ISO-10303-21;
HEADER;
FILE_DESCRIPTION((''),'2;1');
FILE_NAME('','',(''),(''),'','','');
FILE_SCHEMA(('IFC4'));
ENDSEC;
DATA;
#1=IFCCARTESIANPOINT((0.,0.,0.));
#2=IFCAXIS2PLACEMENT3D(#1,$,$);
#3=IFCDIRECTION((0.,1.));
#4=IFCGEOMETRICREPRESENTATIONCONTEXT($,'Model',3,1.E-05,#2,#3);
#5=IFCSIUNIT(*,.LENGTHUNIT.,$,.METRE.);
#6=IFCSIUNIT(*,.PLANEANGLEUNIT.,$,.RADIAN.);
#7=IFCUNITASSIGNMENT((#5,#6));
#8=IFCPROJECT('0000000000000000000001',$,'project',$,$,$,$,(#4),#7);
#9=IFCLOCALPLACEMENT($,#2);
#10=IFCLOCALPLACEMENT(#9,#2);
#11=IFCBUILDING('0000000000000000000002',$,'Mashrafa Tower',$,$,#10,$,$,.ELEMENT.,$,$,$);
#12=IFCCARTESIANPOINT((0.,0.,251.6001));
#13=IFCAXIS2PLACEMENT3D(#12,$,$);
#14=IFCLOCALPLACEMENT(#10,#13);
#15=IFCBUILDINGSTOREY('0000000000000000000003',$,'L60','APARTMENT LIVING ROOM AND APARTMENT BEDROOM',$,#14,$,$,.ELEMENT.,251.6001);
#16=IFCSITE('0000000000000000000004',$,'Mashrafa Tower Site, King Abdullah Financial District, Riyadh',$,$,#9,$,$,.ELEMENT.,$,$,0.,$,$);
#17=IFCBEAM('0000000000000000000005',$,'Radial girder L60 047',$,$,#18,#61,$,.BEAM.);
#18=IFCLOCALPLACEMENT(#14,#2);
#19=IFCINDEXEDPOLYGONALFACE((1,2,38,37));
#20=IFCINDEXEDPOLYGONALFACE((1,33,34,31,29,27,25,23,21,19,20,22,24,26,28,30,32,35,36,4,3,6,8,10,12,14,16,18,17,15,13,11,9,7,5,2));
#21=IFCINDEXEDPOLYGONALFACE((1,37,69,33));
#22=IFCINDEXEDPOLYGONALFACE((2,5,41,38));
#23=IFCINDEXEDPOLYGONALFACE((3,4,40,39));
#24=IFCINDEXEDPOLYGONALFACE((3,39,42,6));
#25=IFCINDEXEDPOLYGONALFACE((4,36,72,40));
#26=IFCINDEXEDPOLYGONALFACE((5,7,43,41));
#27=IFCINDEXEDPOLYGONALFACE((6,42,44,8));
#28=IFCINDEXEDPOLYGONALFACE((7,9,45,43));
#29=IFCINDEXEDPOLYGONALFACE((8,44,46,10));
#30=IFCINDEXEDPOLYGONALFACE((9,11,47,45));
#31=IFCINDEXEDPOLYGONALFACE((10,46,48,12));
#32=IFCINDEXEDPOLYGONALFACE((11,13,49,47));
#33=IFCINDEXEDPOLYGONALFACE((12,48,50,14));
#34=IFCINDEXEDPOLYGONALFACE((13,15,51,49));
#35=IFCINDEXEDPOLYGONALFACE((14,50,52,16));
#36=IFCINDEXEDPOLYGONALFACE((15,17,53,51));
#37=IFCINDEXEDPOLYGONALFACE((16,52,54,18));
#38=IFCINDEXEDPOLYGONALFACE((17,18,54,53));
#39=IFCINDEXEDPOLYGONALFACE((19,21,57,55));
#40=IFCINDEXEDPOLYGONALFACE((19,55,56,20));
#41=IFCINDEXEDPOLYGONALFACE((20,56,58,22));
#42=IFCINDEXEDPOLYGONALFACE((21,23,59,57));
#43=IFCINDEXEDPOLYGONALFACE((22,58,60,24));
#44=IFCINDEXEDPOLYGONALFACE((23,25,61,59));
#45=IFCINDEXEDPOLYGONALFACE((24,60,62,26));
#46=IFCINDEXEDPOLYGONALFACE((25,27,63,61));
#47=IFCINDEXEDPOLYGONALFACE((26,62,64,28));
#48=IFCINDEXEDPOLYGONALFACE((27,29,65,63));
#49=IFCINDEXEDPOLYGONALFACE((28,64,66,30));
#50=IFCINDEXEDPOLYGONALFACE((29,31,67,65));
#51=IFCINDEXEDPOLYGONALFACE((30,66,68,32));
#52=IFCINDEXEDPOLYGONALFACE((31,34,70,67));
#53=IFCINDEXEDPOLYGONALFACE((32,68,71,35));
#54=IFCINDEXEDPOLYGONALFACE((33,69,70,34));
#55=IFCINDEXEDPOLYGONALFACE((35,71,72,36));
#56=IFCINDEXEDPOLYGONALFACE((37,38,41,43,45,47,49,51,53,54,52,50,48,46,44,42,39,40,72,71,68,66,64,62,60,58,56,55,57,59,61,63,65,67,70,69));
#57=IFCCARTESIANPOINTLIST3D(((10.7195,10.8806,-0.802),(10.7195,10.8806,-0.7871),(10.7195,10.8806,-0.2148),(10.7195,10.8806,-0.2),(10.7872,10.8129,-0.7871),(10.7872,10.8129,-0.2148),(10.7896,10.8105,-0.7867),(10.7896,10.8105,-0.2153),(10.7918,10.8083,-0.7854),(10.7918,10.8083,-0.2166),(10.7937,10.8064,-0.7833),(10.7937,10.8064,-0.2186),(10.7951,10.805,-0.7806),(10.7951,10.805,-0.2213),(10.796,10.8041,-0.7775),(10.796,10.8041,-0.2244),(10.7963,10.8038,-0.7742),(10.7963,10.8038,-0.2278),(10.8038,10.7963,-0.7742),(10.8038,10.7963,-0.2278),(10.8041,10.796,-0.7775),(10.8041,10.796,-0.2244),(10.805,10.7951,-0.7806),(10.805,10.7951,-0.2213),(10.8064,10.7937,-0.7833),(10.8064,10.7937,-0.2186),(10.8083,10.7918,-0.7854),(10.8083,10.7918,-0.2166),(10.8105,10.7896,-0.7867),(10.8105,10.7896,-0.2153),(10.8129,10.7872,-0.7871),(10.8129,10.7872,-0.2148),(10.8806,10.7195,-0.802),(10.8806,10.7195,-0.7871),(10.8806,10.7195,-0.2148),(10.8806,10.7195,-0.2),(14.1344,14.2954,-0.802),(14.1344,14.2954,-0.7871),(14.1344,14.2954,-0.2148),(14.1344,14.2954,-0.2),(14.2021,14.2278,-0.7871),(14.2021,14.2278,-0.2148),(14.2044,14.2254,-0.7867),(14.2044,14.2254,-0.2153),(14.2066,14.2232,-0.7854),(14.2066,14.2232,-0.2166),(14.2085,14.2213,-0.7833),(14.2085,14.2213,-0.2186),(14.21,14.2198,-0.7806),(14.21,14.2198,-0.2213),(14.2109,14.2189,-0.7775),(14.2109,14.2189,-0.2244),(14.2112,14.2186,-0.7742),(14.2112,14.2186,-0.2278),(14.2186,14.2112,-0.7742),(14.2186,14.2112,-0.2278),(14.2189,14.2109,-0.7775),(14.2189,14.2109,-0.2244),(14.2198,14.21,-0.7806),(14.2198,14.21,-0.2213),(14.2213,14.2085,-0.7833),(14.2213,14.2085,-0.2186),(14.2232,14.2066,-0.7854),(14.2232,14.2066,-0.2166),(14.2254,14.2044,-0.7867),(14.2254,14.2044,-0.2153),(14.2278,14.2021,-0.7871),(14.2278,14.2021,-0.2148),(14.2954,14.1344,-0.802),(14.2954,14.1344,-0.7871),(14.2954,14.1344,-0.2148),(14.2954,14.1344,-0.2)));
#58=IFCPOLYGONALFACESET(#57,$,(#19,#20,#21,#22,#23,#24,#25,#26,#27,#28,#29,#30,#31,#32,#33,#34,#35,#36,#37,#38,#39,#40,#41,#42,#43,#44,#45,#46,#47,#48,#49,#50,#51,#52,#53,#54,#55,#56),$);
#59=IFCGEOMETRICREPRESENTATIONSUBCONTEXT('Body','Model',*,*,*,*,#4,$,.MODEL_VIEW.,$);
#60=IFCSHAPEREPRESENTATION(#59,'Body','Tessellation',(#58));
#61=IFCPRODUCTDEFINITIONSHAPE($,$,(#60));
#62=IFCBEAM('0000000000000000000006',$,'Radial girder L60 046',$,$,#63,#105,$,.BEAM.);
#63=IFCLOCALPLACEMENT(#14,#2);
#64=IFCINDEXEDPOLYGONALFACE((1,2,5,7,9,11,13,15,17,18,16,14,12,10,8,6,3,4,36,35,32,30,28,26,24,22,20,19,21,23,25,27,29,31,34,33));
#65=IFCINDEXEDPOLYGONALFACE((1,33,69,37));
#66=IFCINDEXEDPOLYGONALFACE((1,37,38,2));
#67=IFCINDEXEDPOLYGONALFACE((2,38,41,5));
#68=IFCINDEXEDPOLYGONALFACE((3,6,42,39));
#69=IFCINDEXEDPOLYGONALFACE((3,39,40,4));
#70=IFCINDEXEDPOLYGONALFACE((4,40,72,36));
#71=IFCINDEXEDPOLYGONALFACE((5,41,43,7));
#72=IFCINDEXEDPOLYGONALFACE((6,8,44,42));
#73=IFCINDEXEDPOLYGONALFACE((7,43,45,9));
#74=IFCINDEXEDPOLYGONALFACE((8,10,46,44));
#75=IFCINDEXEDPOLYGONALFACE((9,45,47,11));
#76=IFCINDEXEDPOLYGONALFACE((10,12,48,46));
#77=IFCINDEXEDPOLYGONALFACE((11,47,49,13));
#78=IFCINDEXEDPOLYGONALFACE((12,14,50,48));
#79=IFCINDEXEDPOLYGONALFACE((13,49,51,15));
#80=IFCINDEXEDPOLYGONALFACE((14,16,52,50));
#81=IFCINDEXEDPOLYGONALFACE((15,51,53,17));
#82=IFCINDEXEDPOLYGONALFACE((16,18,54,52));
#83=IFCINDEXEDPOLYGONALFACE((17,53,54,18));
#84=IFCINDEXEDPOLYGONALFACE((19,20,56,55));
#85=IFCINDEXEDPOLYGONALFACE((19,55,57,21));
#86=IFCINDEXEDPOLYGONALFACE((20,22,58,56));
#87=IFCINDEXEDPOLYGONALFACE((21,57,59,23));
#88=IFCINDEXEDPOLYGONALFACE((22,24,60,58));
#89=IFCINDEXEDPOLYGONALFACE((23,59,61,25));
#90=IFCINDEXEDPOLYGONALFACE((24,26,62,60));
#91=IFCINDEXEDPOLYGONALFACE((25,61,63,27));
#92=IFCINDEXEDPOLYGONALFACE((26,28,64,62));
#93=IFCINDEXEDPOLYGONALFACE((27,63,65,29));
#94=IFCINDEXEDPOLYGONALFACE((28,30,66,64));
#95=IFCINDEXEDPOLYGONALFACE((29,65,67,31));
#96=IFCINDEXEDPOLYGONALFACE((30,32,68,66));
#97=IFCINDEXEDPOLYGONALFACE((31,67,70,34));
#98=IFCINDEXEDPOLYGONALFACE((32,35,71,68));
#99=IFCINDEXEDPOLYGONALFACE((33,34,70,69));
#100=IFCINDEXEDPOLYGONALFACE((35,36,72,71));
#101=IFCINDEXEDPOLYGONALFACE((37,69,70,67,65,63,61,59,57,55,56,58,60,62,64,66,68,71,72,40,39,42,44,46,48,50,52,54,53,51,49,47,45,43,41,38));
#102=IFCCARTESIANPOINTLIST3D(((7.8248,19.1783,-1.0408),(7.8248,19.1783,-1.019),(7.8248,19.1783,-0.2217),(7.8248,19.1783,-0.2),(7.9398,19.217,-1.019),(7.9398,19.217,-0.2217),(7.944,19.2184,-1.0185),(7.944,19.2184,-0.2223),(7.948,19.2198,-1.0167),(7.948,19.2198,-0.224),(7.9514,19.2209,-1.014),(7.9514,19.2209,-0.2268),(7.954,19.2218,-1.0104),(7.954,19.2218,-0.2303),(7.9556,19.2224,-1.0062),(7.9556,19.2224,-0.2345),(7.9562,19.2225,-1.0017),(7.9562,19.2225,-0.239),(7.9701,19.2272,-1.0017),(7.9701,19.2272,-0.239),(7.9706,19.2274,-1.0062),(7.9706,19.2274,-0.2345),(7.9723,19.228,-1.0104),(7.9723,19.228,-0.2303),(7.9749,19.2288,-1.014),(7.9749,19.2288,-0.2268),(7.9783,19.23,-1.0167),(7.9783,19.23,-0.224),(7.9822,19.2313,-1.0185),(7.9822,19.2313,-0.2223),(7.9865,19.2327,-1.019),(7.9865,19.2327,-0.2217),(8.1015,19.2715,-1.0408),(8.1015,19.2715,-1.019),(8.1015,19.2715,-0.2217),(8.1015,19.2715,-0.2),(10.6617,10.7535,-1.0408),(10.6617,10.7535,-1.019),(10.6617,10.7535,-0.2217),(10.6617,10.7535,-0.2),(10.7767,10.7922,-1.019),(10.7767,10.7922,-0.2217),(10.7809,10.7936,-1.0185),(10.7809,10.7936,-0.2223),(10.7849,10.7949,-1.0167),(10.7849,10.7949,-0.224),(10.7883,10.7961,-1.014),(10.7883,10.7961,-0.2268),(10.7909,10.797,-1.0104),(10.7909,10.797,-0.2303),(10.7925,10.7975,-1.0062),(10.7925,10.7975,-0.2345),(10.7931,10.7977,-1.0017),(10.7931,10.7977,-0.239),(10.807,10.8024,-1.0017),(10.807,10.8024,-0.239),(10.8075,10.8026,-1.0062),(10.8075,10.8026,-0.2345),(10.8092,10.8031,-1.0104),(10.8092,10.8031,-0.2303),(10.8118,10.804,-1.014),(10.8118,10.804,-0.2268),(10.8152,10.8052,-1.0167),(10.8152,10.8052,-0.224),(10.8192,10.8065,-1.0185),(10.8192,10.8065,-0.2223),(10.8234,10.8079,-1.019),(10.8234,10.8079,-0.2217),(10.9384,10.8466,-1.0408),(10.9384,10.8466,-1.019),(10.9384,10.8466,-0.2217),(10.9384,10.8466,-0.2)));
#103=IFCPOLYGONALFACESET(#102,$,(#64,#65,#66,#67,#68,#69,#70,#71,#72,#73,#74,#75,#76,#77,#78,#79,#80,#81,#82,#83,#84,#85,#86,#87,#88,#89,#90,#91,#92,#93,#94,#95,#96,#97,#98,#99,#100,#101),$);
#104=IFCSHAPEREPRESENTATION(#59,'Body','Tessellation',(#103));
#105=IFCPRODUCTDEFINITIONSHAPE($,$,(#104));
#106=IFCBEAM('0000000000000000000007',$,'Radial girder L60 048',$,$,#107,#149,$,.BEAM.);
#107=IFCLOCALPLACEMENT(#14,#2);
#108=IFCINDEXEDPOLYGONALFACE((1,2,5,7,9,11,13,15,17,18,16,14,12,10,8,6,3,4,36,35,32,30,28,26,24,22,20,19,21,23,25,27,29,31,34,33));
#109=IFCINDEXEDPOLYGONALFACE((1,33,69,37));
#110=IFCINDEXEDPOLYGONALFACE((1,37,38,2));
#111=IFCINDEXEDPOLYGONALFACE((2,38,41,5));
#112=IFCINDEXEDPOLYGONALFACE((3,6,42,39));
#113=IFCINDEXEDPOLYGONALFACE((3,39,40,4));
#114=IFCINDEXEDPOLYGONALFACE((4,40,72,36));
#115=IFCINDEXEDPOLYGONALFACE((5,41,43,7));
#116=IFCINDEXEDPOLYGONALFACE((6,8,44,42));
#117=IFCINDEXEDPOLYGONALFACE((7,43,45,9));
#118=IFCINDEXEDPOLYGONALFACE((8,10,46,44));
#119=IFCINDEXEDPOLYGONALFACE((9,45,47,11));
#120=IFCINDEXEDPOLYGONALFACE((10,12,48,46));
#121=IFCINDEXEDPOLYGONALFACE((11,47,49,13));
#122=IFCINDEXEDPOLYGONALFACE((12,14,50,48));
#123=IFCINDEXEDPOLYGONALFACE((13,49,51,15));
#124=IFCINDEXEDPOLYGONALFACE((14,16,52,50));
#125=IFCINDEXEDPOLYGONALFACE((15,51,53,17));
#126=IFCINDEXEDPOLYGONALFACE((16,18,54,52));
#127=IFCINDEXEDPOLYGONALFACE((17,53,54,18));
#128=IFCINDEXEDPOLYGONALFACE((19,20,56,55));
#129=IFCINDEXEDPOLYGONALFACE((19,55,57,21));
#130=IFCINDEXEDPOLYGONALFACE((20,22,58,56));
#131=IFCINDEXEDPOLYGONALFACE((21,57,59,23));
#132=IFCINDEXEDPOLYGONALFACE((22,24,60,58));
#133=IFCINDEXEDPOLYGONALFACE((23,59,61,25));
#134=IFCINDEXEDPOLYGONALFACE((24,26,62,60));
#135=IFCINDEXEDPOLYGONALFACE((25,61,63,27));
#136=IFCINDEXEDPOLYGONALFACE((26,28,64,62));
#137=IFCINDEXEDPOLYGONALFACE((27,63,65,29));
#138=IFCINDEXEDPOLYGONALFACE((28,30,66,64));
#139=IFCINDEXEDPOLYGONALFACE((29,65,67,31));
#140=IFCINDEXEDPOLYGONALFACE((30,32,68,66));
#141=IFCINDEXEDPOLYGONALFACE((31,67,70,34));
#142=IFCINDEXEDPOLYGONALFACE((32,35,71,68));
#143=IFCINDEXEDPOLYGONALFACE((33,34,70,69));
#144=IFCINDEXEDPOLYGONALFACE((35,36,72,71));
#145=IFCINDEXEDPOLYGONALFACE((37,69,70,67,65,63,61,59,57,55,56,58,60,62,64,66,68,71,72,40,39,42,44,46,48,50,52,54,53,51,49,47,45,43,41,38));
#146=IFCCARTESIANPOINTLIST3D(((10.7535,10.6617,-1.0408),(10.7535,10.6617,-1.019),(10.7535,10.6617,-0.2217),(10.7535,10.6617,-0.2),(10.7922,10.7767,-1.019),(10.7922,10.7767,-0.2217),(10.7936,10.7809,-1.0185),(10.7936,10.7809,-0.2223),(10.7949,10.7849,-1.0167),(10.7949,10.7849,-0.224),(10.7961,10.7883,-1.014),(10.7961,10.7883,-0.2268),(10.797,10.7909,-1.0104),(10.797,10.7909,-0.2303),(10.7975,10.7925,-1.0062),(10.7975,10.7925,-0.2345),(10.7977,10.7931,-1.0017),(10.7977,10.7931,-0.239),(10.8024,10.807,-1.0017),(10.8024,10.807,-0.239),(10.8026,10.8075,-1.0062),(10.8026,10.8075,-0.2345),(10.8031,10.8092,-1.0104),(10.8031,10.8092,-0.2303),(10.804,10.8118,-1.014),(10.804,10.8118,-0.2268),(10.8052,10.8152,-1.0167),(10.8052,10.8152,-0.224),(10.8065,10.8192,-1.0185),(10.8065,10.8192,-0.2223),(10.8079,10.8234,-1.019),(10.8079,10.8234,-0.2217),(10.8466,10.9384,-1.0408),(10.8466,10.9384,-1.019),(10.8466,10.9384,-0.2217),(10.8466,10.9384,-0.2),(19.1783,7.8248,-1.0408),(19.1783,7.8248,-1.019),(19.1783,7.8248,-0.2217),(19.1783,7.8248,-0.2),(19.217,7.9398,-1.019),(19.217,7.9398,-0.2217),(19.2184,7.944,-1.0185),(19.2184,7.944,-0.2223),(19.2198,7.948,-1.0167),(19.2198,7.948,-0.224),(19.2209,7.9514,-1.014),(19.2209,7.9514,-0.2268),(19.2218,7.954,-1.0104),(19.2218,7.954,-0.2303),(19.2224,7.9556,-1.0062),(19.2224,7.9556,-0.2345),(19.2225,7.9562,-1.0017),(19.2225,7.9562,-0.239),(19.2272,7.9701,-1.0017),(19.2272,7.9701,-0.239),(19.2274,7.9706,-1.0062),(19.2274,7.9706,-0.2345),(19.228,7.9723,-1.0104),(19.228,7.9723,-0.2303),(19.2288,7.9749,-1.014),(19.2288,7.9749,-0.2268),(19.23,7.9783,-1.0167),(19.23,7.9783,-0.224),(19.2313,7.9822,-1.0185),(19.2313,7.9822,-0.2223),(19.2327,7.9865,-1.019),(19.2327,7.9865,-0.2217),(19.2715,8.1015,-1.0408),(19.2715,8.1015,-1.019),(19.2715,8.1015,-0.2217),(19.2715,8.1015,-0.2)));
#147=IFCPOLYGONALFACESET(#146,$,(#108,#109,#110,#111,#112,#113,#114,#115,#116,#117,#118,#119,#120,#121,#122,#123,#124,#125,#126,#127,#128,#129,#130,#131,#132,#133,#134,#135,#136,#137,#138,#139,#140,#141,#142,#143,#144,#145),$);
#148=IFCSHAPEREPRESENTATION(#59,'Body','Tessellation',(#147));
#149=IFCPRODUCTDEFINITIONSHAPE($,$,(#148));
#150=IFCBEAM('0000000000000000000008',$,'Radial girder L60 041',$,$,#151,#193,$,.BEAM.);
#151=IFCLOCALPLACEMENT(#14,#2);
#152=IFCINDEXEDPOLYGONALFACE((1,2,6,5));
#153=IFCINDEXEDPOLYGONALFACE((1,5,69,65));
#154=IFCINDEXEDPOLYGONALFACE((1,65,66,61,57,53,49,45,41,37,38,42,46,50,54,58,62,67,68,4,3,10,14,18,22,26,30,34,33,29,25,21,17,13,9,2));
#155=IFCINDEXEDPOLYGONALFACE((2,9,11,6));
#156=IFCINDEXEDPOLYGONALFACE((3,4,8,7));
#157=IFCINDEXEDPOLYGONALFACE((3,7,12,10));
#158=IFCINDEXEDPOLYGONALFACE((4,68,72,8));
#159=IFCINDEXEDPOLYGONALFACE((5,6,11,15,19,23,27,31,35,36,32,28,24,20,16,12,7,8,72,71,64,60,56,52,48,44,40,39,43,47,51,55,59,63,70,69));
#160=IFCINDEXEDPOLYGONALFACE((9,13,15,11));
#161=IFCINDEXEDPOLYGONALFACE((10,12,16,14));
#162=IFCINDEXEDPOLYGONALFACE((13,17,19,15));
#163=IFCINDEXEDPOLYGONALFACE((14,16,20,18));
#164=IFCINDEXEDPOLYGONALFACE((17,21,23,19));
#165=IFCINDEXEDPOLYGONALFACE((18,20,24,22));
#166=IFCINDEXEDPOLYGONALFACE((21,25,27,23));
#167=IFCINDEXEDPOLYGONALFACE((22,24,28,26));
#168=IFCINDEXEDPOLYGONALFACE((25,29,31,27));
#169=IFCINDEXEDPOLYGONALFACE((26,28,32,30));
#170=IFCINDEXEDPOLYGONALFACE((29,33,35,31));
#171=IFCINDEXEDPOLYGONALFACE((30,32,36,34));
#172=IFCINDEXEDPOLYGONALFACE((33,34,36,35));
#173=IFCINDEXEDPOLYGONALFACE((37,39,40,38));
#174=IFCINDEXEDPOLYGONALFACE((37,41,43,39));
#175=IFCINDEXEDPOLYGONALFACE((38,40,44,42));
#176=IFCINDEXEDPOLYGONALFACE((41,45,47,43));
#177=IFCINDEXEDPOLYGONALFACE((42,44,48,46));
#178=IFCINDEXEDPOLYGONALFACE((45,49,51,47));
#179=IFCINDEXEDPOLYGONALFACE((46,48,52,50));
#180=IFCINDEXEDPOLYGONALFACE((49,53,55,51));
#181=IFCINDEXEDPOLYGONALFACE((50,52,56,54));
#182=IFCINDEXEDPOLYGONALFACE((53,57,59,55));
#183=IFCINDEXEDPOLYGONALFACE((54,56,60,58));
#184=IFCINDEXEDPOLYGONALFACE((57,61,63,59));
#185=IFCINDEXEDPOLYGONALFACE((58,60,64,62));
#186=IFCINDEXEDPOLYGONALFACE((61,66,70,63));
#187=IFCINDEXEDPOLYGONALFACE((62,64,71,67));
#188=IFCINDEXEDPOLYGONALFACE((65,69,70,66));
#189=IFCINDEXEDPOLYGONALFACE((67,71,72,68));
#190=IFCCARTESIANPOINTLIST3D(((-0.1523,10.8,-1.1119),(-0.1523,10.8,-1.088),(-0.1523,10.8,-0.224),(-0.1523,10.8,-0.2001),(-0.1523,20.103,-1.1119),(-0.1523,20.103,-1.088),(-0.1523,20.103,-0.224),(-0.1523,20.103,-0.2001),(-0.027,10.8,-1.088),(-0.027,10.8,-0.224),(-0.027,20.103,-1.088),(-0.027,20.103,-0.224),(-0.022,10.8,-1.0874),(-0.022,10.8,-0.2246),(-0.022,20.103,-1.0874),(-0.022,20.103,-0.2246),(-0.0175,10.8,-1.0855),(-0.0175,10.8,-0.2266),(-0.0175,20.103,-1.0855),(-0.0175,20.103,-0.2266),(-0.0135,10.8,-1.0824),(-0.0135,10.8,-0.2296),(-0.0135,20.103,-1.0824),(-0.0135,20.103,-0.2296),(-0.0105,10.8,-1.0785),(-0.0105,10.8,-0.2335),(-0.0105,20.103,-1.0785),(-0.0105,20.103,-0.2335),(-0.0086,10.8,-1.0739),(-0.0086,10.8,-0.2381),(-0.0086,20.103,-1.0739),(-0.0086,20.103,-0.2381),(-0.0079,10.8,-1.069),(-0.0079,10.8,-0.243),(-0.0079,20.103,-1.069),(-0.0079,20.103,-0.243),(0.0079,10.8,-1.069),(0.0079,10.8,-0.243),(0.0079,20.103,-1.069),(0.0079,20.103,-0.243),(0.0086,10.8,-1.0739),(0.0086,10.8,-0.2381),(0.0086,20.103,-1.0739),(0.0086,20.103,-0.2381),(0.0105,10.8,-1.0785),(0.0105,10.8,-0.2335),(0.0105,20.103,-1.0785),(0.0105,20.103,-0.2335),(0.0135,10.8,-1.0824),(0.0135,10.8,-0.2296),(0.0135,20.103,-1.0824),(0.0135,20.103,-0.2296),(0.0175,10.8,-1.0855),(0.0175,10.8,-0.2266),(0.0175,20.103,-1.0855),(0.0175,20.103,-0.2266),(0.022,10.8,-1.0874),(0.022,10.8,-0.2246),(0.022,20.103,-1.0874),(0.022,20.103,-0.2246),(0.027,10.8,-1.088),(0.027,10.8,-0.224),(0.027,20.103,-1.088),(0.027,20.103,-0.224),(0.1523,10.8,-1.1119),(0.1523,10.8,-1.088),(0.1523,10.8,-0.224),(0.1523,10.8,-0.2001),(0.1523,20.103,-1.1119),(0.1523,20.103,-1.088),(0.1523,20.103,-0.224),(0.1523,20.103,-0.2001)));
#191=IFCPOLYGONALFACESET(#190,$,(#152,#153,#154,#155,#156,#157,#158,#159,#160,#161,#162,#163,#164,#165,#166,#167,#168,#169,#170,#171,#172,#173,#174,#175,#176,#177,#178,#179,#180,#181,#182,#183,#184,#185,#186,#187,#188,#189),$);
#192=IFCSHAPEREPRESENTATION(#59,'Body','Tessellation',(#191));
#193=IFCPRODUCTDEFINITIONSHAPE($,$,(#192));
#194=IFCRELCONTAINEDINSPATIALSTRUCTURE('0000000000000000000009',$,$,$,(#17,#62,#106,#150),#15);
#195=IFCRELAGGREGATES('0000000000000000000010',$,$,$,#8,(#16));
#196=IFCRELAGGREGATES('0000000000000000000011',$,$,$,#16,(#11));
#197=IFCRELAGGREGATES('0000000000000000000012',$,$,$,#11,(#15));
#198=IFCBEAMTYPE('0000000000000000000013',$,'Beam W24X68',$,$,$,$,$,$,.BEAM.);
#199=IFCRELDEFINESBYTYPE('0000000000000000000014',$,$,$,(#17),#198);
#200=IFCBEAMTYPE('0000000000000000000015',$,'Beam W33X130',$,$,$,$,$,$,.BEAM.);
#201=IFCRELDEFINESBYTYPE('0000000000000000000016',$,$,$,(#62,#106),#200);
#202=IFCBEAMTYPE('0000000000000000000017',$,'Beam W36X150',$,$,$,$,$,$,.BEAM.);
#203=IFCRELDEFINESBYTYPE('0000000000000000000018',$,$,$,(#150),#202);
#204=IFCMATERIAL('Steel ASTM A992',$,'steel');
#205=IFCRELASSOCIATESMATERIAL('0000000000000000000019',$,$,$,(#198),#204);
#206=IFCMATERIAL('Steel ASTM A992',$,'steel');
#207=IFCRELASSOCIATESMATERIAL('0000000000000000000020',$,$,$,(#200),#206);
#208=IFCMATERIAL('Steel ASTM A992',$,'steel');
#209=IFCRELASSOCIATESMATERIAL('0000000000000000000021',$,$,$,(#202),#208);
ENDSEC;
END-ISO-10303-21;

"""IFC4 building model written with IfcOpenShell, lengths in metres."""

from ifc_helpers import new_model, si_unit, direction, frame, origin, origin_2d, place, context, subcontext, project, spatial, i_section, extrude, material, material_profile, profile_set, type_object, element, save


model = new_model("IFC4")

# Units and contexts
model_context = context("Model", 3, precision=1e-05, world=origin(), true_north=direction((0.0, 1.0)))
body_context = subcontext(model_context, "Body", "Model", "MODEL_VIEW")
ifc_project = project(units=[si_unit("LENGTHUNIT", "METRE"), si_unit("PLANEANGLEUNIT", "RADIAN")], contexts=[model_context])

# Site, building, storey
site_placement = place(None, origin())
site = spatial("IfcSite", under=ifc_project, at=site_placement, Name="Mashrafa Tower Site, King Abdullah Financial District, Riyadh", CompositionType="ELEMENT", RefElevation=0.0)
building_placement = place(site_placement, origin())
building = spatial("IfcBuilding", under=site, at=building_placement, Name="Mashrafa Tower", CompositionType="ELEMENT")
storey_placement = place(building_placement, frame((0.0, 0.0, 251.6001)))
storey = spatial("IfcBuildingStorey", under=building, at=storey_placement, Name="L60", Description="APARTMENT LIVING ROOM AND APARTMENT BEDROOM", CompositionType="ELEMENT", Elevation=251.6001)

# Beams
ifc_material_1 = material(Name="Steel ASTM A992", Category="steel")
ifc_material_profile_1 = material_profile(ifc_material_1, i_section(OverallWidth=0.2278, OverallDepth=0.6021, WebThickness=0.0105, FlangeThickness=0.0149, FilletRadius=0.0129, at=origin_2d()), Name="W24X68")
ifc_profile_set_1 = profile_set([ifc_material_profile_1], Name="Steel ASTM A992")
beam_type_1 = type_object("IfcBeamType", Name="Beam W24X68", PredefinedType="BEAM", material=ifc_profile_set_1)
beam_1_placement = place(storey_placement, frame((10.8, 10.8, -0.501), z_axis=(0.707107, 0.707107, 0.0), x_axis=(-0.707107, 0.707107, 0.0)))
element("IfcBeam", 1, at=beam_1_placement, inside=storey, type_object=beam_type_1, Name="Radial girder L60 047", PredefinedType="BEAM", context=body_context, shape_type="SweptSolid", body=[
    extrude(i_section(OverallWidth=0.2278, OverallDepth=0.6021, WebThickness=0.0105, FlangeThickness=0.0149, FilletRadius=0.0129, at=origin_2d()), origin(), (0.0, 0.0, 1.0), 4.8293),
])
ifc_material_2 = material(Name="Steel ASTM A992", Category="steel")
ifc_material_profile_2 = material_profile(ifc_material_2, i_section(OverallWidth=0.292, OverallDepth=0.8408, WebThickness=0.0146, FlangeThickness=0.0217, FilletRadius=0.0173, at=origin_2d()), Name="W33X130")
ifc_profile_set_2 = profile_set([ifc_material_profile_2], Name="Steel ASTM A992")
beam_type_2 = type_object("IfcBeamType", Name="Beam W33X130", PredefinedType="BEAM", material=ifc_profile_set_2)
for number, where, z_axis, x_axis, name in (
    (2, (10.8, 10.8, -0.6204), (-0.319126, 0.947712, 0.0), (-0.947712, -0.319126, 0.0), "Radial girder L60 046"),
    (3, (10.8, 10.8, -0.6204), (0.947712, -0.319126, 0.0), (0.319126, 0.947712, 0.0), "Radial girder L60 048"),
):
    element("IfcBeam", number, at=place(storey_placement, frame(where, z_axis=z_axis, x_axis=x_axis)), inside=storey, type_object=beam_type_2, Name=name, PredefinedType="BEAM", context=body_context, shape_type="SweptSolid", body=[
        extrude(i_section(OverallWidth=0.292, OverallDepth=0.8408, WebThickness=0.0146, FlangeThickness=0.0217, FilletRadius=0.0173, at=origin_2d()), origin(), (0.0, 0.0, 1.0), 8.8896),
    ])
ifc_material_3 = material(Name="Steel ASTM A992", Category="steel")
ifc_material_profile_3 = material_profile(ifc_material_3, i_section(OverallWidth=0.3047, OverallDepth=0.9119, WebThickness=0.0159, FlangeThickness=0.0239, FilletRadius=0.019, at=origin_2d()), Name="W36X150")
ifc_profile_set_3 = profile_set([ifc_material_profile_3], Name="Steel ASTM A992")
beam_type_3 = type_object("IfcBeamType", Name="Beam W36X150", PredefinedType="BEAM", material=ifc_profile_set_3)
beam_2_placement = place(storey_placement, frame((0.0, 10.8, -0.656), z_axis=(0.0, 1.0, 0.0), x_axis=(-1.0, 0.0, 0.0)))
element("IfcBeam", 4, at=beam_2_placement, inside=storey, type_object=beam_type_3, Name="Radial girder L60 041", PredefinedType="BEAM", context=body_context, shape_type="SweptSolid", body=[
    extrude(i_section(OverallWidth=0.3047, OverallDepth=0.9119, WebThickness=0.0159, FlangeThickness=0.0239, FilletRadius=0.019, at=origin_2d()), origin(), (0.0, 0.0, 1.0), 9.303),
])

save(model, "model.ifc")
